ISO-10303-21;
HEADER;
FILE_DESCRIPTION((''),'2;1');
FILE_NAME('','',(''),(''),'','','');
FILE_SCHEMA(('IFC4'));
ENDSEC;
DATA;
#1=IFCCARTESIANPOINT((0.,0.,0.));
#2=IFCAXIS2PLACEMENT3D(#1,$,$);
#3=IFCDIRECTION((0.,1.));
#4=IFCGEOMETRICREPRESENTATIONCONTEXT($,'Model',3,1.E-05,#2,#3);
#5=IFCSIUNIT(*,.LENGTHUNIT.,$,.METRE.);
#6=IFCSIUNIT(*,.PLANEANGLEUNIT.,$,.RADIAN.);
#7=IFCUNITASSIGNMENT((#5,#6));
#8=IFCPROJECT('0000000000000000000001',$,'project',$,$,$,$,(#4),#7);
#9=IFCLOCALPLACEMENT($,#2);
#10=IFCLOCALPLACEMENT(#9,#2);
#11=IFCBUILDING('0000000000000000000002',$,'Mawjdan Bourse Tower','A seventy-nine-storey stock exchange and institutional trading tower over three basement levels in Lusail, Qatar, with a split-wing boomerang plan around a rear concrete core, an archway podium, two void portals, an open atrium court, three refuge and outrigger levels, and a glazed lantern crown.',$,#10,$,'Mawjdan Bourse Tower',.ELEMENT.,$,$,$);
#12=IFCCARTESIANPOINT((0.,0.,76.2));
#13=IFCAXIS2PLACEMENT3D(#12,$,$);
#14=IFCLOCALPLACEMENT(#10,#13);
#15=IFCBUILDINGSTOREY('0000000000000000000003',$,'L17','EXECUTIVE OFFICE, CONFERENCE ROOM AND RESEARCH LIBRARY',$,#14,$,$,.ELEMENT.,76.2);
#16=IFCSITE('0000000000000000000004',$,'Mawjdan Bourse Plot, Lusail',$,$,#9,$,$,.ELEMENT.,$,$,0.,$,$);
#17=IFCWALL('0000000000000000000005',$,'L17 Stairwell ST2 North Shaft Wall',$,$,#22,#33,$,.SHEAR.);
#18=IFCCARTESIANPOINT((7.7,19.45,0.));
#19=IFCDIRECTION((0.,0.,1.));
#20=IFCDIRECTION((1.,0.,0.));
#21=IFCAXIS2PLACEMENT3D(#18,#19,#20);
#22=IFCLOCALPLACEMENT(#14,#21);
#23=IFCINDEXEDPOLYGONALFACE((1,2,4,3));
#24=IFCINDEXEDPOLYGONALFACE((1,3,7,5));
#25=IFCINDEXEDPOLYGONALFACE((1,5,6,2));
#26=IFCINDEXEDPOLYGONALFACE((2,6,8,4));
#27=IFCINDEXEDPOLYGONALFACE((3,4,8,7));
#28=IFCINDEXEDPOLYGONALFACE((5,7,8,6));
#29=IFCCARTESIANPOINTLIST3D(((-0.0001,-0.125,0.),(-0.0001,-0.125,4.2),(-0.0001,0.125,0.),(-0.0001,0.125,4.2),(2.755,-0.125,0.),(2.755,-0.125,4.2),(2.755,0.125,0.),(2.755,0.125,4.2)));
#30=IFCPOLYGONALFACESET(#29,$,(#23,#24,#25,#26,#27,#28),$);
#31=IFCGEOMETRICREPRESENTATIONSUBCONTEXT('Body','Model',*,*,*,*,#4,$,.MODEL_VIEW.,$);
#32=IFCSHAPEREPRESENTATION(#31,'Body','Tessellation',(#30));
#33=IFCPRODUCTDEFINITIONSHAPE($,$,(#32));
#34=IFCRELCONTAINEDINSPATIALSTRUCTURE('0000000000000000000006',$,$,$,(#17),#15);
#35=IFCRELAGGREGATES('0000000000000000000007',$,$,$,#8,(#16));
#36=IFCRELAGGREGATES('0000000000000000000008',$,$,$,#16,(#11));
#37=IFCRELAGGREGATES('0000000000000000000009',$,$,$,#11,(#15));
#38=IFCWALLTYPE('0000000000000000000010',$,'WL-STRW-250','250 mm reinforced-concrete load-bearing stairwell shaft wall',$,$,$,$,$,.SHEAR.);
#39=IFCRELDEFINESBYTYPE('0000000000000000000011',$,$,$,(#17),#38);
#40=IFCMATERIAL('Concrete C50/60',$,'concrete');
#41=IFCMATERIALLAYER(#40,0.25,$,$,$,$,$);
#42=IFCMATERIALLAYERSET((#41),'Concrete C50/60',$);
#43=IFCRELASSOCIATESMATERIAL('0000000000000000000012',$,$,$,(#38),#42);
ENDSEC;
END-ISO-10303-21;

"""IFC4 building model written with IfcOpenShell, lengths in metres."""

from ifc_helpers import new_model, si_unit, direction, frame, frame_2d, origin, place, context, subcontext, project, spatial, rectangle, extrude, material, layer, layer_set, type_object, element, save


model = new_model("IFC4")

# Units and contexts
model_context = context("Model", 3, precision=1e-05, world=origin(), true_north=direction((0.0, 1.0)))
body_context = subcontext(model_context, "Body", "Model", "MODEL_VIEW")
ifc_project = project(units=[si_unit("LENGTHUNIT", "METRE"), si_unit("PLANEANGLEUNIT", "RADIAN")], contexts=[model_context])

# Site, building, storey
site_placement = place(None, origin())
site = spatial("IfcSite", under=ifc_project, at=site_placement, Name="Mawjdan Bourse Plot, Lusail", CompositionType="ELEMENT", RefElevation=0.0)
building_placement = place(site_placement, origin())
building = spatial("IfcBuilding", under=site, at=building_placement, Name="Mawjdan Bourse Tower", Description="A seventy-nine-storey stock exchange and institutional trading tower over three basement levels in Lusail, Qatar, with a split-wing boomerang plan around a rear concrete core, an archway podium, two void portals, an open atrium court, three refuge and outrigger levels, and a glazed lantern crown.", LongName="Mawjdan Bourse Tower", CompositionType="ELEMENT")
storey_placement = place(building_placement, frame((0.0, 0.0, 76.2)))
storey = spatial("IfcBuildingStorey", under=building, at=storey_placement, Name="L17", Description="EXECUTIVE OFFICE, CONFERENCE ROOM AND RESEARCH LIBRARY", CompositionType="ELEMENT", Elevation=76.2)

# Wall
ifc_material_1 = material(Name="Concrete C50/60", Category="concrete")
ifc_layer_1 = layer(ifc_material_1, 0.25)
ifc_layer_set_1 = layer_set([ifc_layer_1], Name="Concrete C50/60")
wall_type_1 = type_object("IfcWallType", Name="WL-STRW-250", Description="250 mm reinforced-concrete load-bearing stairwell shaft wall", PredefinedType="SHEAR", material=ifc_layer_set_1)
wall_1_placement = place(storey_placement, frame((7.7, 19.45, 0.0), z_axis=(0.0, 0.0, 1.0), x_axis=(1.0, 0.0, 0.0)))
element("IfcWall", 1, at=wall_1_placement, inside=storey, type_object=wall_type_1, Name="L17 Stairwell ST2 North Shaft Wall", PredefinedType="SHEAR", context=body_context, shape_type="SweptSolid", body=[
    extrude(rectangle(XDim=2.7551, YDim=0.25, at=frame_2d((1.3774, 0.0))), origin(), (0.0, 0.0, 1.0), 4.2),
])

save(model, "model.ifc")
